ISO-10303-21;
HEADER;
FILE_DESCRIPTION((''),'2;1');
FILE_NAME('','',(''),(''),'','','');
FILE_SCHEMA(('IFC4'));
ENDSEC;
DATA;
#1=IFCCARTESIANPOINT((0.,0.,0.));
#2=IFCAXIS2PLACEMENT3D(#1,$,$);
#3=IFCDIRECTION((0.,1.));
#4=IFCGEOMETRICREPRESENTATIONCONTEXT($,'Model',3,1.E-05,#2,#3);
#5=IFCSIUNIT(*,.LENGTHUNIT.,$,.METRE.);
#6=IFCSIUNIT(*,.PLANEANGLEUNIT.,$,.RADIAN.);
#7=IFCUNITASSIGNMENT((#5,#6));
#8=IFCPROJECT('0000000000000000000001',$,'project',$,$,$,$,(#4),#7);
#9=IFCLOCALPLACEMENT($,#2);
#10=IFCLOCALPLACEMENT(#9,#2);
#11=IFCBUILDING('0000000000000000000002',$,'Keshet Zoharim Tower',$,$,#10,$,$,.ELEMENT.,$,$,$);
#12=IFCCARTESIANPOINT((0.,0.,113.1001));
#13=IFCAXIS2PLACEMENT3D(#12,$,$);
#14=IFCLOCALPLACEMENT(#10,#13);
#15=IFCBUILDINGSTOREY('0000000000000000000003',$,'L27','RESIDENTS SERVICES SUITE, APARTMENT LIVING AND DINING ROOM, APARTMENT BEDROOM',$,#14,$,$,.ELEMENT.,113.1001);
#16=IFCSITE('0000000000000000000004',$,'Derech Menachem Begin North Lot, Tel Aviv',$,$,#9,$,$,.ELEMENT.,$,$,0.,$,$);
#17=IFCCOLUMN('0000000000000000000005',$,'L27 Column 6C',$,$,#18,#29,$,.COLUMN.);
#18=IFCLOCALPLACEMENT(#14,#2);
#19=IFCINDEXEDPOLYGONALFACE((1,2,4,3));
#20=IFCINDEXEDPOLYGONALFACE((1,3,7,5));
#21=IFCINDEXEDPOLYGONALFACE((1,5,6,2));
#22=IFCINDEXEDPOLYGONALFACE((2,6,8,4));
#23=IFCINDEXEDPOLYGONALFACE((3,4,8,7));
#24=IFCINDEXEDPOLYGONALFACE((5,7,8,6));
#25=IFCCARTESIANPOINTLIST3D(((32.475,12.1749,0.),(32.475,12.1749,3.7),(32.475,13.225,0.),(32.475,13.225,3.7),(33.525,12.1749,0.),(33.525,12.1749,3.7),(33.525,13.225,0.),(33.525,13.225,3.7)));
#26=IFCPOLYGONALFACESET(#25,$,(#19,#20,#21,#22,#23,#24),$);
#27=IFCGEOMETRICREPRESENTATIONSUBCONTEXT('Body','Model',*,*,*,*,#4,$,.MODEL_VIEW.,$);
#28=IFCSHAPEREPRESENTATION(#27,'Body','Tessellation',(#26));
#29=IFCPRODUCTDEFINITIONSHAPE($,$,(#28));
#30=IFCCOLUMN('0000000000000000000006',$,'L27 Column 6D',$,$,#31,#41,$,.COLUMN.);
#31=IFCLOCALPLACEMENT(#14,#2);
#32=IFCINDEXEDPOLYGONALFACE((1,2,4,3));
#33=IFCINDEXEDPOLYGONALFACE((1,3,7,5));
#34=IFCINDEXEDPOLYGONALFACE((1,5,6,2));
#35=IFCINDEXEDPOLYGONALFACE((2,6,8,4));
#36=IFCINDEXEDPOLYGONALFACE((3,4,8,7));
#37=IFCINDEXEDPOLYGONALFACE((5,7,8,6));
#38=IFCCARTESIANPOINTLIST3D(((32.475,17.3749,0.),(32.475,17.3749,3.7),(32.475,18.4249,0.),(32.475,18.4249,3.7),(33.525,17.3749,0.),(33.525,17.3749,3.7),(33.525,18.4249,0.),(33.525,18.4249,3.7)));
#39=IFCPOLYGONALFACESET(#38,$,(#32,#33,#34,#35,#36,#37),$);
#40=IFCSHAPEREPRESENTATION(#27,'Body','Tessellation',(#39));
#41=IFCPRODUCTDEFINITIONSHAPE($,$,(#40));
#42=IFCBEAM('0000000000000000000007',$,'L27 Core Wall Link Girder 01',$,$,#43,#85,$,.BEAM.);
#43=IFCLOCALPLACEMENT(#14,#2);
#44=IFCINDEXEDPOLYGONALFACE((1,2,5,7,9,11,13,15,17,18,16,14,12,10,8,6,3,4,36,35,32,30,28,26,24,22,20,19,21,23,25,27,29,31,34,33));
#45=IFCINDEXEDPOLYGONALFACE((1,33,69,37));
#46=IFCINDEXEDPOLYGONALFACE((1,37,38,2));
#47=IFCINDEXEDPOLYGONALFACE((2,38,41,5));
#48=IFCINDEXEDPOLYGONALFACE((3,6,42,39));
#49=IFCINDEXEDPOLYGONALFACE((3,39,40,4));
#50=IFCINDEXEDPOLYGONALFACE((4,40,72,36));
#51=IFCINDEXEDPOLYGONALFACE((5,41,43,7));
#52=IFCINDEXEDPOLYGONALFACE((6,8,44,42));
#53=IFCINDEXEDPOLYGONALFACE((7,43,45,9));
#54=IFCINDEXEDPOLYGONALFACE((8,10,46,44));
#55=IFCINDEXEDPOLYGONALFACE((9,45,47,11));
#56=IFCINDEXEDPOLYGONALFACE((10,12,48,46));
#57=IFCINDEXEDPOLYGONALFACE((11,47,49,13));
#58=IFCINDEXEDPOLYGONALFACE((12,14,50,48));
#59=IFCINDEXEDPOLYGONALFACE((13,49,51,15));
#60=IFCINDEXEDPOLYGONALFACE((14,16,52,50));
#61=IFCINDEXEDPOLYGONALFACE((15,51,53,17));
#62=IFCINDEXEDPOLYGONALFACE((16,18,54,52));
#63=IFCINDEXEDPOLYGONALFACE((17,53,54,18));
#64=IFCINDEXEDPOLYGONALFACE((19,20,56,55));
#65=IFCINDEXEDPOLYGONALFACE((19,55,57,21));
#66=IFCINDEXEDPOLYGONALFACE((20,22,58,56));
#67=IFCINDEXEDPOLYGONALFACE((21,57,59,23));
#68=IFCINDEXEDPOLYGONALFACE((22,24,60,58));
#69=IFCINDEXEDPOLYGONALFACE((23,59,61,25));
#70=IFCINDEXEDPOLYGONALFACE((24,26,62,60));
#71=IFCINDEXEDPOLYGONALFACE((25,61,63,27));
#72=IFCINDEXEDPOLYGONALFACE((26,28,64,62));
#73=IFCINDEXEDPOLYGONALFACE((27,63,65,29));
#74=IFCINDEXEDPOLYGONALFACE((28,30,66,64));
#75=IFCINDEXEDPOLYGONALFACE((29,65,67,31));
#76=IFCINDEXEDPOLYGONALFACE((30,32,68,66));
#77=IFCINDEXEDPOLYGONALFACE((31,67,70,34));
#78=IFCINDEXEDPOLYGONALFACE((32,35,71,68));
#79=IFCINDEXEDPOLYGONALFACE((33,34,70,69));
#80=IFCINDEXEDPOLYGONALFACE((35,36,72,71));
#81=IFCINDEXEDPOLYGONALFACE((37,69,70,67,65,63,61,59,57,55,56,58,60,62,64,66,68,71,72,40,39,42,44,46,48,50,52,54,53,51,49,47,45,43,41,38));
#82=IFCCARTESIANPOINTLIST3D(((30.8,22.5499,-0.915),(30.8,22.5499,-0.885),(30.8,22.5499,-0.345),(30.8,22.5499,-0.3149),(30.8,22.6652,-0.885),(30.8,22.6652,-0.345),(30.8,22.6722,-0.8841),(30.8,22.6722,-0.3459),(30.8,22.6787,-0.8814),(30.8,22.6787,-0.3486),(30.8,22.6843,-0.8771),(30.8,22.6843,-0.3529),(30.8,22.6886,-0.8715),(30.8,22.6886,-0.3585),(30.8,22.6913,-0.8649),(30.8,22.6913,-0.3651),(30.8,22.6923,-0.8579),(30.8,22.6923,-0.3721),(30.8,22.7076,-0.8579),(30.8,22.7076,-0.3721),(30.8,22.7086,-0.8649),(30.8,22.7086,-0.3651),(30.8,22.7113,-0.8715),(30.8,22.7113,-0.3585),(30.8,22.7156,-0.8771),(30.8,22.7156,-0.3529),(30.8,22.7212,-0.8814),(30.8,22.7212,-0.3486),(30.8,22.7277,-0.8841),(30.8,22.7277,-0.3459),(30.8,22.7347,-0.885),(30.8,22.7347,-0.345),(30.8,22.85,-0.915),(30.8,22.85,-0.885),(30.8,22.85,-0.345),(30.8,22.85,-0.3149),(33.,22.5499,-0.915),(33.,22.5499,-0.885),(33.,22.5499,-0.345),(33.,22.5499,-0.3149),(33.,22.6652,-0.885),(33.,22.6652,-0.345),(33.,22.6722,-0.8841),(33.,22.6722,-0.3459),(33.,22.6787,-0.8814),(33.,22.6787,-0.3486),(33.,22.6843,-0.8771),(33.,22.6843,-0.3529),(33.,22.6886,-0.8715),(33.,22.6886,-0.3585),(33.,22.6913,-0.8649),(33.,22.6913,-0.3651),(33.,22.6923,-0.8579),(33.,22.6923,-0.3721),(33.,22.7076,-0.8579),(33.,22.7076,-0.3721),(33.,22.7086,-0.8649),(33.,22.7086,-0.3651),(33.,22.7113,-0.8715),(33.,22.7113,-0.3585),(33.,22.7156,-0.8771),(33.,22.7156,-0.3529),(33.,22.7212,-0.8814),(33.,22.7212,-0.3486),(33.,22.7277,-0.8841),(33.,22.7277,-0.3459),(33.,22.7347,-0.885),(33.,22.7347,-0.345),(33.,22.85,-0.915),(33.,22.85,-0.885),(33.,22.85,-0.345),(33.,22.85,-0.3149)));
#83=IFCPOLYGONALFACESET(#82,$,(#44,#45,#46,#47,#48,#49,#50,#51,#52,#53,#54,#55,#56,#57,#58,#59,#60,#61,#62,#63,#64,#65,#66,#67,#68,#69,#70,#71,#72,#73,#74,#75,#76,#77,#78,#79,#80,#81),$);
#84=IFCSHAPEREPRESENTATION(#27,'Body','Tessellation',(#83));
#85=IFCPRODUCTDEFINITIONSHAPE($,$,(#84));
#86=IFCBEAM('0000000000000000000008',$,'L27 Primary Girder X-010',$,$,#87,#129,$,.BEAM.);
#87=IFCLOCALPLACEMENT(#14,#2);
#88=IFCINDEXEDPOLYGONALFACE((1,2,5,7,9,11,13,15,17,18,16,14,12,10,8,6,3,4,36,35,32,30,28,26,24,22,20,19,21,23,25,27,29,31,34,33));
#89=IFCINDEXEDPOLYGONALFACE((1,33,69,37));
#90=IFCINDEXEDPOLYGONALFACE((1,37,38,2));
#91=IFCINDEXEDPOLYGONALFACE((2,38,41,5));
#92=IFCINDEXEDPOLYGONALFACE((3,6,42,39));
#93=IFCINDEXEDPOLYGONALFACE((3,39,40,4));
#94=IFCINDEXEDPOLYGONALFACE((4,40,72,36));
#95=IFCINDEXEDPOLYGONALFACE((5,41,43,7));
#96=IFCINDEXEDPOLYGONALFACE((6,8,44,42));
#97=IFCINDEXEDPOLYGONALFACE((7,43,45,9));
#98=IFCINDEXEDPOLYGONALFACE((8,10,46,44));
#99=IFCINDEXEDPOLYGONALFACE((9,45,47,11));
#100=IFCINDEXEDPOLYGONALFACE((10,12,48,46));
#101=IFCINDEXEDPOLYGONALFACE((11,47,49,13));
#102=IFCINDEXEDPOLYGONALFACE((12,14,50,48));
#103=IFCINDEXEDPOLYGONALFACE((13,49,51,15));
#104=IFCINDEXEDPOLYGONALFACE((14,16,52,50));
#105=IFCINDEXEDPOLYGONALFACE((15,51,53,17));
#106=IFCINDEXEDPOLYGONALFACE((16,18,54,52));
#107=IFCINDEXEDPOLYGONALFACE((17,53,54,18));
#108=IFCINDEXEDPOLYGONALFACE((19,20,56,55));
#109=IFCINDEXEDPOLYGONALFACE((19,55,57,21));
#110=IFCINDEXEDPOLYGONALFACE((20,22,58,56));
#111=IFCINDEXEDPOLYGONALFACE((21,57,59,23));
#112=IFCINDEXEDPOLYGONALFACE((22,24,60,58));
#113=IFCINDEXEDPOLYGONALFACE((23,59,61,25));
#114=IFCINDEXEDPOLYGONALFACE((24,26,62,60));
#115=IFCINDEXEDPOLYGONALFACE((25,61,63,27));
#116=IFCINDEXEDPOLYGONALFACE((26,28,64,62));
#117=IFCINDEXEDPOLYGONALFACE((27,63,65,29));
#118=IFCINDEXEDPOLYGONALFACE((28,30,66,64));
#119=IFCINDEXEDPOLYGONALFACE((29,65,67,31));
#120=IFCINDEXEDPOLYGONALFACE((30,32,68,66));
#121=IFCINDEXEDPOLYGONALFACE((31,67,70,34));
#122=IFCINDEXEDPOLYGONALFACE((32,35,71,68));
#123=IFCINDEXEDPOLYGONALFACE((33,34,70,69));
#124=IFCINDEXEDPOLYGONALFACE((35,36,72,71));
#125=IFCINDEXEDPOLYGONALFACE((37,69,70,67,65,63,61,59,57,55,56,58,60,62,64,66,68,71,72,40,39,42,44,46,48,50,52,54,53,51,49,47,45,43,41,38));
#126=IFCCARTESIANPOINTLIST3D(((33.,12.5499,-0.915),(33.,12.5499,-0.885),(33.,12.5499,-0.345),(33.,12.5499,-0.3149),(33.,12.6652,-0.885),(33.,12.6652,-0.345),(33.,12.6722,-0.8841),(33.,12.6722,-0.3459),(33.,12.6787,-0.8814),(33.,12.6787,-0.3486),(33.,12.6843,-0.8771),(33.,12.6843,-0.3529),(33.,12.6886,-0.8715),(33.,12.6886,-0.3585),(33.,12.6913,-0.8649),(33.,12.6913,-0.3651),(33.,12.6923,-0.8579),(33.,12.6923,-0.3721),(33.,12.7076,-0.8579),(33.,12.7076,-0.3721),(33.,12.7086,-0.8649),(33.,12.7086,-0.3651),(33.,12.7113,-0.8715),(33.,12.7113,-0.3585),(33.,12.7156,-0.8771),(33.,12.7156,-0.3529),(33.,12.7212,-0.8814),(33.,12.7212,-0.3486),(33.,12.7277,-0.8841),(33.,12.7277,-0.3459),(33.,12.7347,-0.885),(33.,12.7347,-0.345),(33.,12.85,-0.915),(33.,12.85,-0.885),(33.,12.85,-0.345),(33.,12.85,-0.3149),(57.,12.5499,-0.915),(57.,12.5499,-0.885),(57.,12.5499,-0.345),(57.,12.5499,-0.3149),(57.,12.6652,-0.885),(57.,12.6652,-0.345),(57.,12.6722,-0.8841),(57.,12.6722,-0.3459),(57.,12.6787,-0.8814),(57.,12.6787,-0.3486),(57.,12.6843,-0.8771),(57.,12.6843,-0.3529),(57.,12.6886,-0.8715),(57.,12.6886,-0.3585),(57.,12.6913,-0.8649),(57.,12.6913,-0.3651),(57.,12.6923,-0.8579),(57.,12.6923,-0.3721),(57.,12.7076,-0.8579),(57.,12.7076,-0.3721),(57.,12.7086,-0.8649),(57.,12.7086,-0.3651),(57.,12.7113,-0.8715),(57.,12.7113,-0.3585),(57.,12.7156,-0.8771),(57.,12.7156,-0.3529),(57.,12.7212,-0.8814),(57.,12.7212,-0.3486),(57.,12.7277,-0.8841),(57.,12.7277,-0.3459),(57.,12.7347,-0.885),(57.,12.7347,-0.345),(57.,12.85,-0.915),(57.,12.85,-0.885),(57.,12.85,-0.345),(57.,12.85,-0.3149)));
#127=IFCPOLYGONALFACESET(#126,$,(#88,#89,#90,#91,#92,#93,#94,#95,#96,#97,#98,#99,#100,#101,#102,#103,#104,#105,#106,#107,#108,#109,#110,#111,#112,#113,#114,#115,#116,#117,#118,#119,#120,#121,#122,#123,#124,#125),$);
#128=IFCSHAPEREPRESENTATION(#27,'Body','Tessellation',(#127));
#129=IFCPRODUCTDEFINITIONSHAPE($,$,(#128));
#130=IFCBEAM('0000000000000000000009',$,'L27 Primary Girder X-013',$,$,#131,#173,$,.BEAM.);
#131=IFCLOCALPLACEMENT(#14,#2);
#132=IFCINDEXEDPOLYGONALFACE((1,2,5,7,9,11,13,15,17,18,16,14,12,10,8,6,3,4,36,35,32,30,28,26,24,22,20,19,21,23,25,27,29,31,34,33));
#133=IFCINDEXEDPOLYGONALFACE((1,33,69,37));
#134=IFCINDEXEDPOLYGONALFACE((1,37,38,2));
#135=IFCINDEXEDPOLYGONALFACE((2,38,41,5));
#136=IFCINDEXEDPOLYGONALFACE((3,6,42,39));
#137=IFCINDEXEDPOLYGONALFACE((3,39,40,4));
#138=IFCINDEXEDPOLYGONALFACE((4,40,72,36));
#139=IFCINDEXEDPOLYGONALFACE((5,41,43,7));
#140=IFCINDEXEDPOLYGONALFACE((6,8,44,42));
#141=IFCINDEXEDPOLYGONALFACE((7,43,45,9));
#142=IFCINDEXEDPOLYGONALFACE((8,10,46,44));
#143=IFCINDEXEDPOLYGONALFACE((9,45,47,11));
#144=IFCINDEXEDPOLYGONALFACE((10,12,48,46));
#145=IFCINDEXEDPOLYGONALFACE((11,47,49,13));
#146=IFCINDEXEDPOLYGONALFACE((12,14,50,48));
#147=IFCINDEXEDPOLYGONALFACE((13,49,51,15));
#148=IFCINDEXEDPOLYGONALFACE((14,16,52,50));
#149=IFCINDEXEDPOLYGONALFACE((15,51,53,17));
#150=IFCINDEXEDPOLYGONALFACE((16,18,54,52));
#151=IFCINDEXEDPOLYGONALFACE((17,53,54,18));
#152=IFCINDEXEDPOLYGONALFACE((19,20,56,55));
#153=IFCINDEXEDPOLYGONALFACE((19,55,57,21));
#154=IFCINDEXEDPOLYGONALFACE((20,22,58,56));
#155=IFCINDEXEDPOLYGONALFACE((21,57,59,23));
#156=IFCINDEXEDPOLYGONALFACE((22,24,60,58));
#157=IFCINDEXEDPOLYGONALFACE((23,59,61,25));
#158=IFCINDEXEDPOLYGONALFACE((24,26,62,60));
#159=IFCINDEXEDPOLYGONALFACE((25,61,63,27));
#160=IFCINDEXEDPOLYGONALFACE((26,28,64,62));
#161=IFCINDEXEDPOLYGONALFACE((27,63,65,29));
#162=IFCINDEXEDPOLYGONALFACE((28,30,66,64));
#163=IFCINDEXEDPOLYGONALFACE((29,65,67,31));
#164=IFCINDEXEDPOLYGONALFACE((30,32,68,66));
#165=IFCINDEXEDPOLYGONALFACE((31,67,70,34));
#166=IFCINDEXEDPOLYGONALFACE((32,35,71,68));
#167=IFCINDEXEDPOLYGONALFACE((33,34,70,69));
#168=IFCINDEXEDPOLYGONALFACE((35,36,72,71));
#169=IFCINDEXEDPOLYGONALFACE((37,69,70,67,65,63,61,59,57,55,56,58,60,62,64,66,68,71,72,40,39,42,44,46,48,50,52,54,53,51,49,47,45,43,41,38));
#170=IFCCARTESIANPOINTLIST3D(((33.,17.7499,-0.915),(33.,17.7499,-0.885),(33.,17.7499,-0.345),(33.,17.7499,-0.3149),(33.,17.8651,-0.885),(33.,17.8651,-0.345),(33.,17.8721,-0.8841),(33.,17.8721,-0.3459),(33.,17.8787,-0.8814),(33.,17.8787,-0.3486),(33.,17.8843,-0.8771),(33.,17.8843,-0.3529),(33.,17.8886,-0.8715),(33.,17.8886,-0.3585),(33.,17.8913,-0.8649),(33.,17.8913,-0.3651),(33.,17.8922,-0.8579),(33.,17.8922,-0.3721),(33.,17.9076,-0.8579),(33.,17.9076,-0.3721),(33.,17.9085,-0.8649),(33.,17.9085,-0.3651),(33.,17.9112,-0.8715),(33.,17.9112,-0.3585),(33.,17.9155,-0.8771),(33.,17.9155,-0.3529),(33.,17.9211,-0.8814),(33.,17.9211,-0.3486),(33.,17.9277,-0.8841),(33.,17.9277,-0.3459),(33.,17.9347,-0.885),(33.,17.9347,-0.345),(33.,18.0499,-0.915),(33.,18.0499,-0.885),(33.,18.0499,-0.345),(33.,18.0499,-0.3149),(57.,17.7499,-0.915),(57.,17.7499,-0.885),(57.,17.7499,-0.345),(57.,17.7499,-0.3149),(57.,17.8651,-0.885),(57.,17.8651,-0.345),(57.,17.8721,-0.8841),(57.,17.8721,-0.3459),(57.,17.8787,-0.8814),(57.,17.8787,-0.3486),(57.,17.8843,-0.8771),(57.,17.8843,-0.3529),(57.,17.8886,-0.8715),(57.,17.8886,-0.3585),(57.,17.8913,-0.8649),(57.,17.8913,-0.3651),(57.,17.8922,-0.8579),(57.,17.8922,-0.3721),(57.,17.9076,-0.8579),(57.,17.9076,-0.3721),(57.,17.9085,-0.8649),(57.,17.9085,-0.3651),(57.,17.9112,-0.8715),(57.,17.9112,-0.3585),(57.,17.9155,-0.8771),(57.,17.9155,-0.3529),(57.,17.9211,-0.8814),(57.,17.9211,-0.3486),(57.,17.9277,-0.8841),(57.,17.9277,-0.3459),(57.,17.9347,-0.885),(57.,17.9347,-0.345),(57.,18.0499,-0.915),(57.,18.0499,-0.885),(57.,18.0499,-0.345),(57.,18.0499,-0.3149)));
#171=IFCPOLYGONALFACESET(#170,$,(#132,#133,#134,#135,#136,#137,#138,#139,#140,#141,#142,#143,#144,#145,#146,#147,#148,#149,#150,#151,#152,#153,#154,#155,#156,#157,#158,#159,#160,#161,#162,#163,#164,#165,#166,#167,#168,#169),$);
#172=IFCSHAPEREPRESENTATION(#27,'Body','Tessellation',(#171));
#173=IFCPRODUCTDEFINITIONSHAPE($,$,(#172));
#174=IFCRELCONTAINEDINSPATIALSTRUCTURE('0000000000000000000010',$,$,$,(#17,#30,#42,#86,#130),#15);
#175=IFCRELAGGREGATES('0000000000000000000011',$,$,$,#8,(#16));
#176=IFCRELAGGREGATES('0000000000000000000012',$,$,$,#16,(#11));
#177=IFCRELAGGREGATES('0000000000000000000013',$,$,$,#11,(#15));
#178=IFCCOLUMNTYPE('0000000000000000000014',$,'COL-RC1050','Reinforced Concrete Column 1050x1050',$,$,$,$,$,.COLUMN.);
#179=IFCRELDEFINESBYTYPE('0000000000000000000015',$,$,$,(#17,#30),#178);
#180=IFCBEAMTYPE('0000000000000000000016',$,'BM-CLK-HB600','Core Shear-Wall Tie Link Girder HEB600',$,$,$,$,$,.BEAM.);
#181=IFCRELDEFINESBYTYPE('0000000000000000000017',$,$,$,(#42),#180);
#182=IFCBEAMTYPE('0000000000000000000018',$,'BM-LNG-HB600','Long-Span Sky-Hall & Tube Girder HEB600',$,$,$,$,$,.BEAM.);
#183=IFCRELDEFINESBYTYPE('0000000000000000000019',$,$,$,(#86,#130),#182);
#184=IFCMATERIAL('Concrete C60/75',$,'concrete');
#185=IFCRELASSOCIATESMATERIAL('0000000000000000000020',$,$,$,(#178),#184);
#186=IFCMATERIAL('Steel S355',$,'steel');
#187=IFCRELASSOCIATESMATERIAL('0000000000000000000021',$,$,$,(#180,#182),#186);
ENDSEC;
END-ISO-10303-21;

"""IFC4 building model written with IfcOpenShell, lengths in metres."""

from ifc_helpers import new_model, si_unit, direction, frame, origin, origin_2d, place, context, subcontext, project, spatial, rectangle, i_section, extrude, material, material_profile, profile_set, type_object, element, save


model = new_model("IFC4")

# Units and contexts
model_context = context("Model", 3, precision=1e-05, world=origin(), true_north=direction((0.0, 1.0)))
body_context = subcontext(model_context, "Body", "Model", "MODEL_VIEW")
ifc_project = project(units=[si_unit("LENGTHUNIT", "METRE"), si_unit("PLANEANGLEUNIT", "RADIAN")], contexts=[model_context])

# Site, building, storey
site_placement = place(None, origin())
site = spatial("IfcSite", under=ifc_project, at=site_placement, Name="Derech Menachem Begin North Lot, Tel Aviv", CompositionType="ELEMENT", RefElevation=0.0)
building_placement = place(site_placement, origin())
building = spatial("IfcBuilding", under=site, at=building_placement, Name="Keshet Zoharim Tower", CompositionType="ELEMENT")
storey_placement = place(building_placement, frame((0.0, 0.0, 113.1001)))
storey = spatial("IfcBuildingStorey", under=building, at=storey_placement, Name="L27", Description="RESIDENTS SERVICES SUITE, APARTMENT LIVING AND DINING ROOM, APARTMENT BEDROOM", CompositionType="ELEMENT", Elevation=113.1001)

# Columns
ifc_material_1 = material(Name="Concrete C60/75", Category="concrete")
ifc_material_profile_1 = material_profile(ifc_material_1, rectangle(XDim=1.05, YDim=1.05, at=origin_2d()), Name="RC1050x1050")
ifc_profile_set_1 = profile_set([ifc_material_profile_1], Name="Concrete C60/75")
column_type = type_object("IfcColumnType", Name="COL-RC1050", Description="Reinforced Concrete Column 1050x1050", PredefinedType="COLUMN", material=ifc_profile_set_1)
for number, where, z_axis, x_axis, name in (
    (1, (33.0, 12.7, 0.0), (0.0, 0.0, 1.0), (1.0, 0.0, 0.0), "L27 Column 6C"),
    (2, (33.0, 17.8999, 0.0), (0.0, 0.0, 1.0), (1.0, 0.0, 0.0), "L27 Column 6D"),
):
    element("IfcColumn", number, at=place(storey_placement, frame(where, z_axis=z_axis, x_axis=x_axis)), inside=storey, type_object=column_type, Name=name, PredefinedType="COLUMN", context=body_context, shape_type="SweptSolid", body=[
        extrude(rectangle(XDim=1.05, YDim=1.05, at=origin_2d()), origin(), (0.0, 0.0, 1.0), 3.7),
    ])

# Beams
ifc_material_2 = material(Name="Steel S355", Category="steel")
ifc_material_profile_2 = material_profile(ifc_material_2, i_section(OverallWidth=0.3, OverallDepth=0.6001, WebThickness=0.0154, FlangeThickness=0.03, FilletRadius=0.0271, at=origin_2d()), Name="HEB600")
ifc_profile_set_2 = profile_set([ifc_material_profile_2], Name="Steel S355")
beam_type_1 = type_object("IfcBeamType", Name="BM-CLK-HB600", Description="Core Shear-Wall Tie Link Girder HEB600", PredefinedType="BEAM", material=ifc_profile_set_2)
beam_1_placement = place(storey_placement, frame((30.8, 22.7, -0.615), z_axis=(1.0, 0.0, 0.0), x_axis=(0.0, 1.0, 0.0)))
element("IfcBeam", 3, at=beam_1_placement, inside=storey, type_object=beam_type_1, Name="L27 Core Wall Link Girder 01", PredefinedType="BEAM", context=body_context, shape_type="SweptSolid", body=[
    extrude(i_section(OverallWidth=0.3, OverallDepth=0.6001, WebThickness=0.0154, FlangeThickness=0.03, FilletRadius=0.0271, at=origin_2d()), origin(), (0.0, 0.0, 1.0), 2.2),
])
ifc_material_profile_3 = material_profile(ifc_material_2, i_section(OverallWidth=0.3, OverallDepth=0.6001, WebThickness=0.0154, FlangeThickness=0.03, FilletRadius=0.0271, at=origin_2d()), Name="HEB600")
ifc_profile_set_3 = profile_set([ifc_material_profile_3], Name="Steel S355")
beam_type_2 = type_object("IfcBeamType", Name="BM-LNG-HB600", Description="Long-Span Sky-Hall & Tube Girder HEB600", PredefinedType="BEAM", material=ifc_profile_set_3)
for number, where, z_axis, x_axis, name in (
    (4, (33.0, 12.7, -0.615), (1.0, 0.0, 0.0), (0.0, 1.0, 0.0), "L27 Primary Girder X-010"),
    (5, (33.0, 17.8999, -0.615), (1.0, 0.0, 0.0), (0.0, 1.0, 0.0), "L27 Primary Girder X-013"),
):
    element("IfcBeam", number, at=place(storey_placement, frame(where, z_axis=z_axis, x_axis=x_axis)), inside=storey, type_object=beam_type_2, Name=name, PredefinedType="BEAM", context=body_context, shape_type="SweptSolid", body=[
        extrude(i_section(OverallWidth=0.3, OverallDepth=0.6001, WebThickness=0.0154, FlangeThickness=0.03, FilletRadius=0.0271, at=origin_2d()), origin(), (0.0, 0.0, 1.0), 24.0),
    ])

save(model, "model.ifc")
